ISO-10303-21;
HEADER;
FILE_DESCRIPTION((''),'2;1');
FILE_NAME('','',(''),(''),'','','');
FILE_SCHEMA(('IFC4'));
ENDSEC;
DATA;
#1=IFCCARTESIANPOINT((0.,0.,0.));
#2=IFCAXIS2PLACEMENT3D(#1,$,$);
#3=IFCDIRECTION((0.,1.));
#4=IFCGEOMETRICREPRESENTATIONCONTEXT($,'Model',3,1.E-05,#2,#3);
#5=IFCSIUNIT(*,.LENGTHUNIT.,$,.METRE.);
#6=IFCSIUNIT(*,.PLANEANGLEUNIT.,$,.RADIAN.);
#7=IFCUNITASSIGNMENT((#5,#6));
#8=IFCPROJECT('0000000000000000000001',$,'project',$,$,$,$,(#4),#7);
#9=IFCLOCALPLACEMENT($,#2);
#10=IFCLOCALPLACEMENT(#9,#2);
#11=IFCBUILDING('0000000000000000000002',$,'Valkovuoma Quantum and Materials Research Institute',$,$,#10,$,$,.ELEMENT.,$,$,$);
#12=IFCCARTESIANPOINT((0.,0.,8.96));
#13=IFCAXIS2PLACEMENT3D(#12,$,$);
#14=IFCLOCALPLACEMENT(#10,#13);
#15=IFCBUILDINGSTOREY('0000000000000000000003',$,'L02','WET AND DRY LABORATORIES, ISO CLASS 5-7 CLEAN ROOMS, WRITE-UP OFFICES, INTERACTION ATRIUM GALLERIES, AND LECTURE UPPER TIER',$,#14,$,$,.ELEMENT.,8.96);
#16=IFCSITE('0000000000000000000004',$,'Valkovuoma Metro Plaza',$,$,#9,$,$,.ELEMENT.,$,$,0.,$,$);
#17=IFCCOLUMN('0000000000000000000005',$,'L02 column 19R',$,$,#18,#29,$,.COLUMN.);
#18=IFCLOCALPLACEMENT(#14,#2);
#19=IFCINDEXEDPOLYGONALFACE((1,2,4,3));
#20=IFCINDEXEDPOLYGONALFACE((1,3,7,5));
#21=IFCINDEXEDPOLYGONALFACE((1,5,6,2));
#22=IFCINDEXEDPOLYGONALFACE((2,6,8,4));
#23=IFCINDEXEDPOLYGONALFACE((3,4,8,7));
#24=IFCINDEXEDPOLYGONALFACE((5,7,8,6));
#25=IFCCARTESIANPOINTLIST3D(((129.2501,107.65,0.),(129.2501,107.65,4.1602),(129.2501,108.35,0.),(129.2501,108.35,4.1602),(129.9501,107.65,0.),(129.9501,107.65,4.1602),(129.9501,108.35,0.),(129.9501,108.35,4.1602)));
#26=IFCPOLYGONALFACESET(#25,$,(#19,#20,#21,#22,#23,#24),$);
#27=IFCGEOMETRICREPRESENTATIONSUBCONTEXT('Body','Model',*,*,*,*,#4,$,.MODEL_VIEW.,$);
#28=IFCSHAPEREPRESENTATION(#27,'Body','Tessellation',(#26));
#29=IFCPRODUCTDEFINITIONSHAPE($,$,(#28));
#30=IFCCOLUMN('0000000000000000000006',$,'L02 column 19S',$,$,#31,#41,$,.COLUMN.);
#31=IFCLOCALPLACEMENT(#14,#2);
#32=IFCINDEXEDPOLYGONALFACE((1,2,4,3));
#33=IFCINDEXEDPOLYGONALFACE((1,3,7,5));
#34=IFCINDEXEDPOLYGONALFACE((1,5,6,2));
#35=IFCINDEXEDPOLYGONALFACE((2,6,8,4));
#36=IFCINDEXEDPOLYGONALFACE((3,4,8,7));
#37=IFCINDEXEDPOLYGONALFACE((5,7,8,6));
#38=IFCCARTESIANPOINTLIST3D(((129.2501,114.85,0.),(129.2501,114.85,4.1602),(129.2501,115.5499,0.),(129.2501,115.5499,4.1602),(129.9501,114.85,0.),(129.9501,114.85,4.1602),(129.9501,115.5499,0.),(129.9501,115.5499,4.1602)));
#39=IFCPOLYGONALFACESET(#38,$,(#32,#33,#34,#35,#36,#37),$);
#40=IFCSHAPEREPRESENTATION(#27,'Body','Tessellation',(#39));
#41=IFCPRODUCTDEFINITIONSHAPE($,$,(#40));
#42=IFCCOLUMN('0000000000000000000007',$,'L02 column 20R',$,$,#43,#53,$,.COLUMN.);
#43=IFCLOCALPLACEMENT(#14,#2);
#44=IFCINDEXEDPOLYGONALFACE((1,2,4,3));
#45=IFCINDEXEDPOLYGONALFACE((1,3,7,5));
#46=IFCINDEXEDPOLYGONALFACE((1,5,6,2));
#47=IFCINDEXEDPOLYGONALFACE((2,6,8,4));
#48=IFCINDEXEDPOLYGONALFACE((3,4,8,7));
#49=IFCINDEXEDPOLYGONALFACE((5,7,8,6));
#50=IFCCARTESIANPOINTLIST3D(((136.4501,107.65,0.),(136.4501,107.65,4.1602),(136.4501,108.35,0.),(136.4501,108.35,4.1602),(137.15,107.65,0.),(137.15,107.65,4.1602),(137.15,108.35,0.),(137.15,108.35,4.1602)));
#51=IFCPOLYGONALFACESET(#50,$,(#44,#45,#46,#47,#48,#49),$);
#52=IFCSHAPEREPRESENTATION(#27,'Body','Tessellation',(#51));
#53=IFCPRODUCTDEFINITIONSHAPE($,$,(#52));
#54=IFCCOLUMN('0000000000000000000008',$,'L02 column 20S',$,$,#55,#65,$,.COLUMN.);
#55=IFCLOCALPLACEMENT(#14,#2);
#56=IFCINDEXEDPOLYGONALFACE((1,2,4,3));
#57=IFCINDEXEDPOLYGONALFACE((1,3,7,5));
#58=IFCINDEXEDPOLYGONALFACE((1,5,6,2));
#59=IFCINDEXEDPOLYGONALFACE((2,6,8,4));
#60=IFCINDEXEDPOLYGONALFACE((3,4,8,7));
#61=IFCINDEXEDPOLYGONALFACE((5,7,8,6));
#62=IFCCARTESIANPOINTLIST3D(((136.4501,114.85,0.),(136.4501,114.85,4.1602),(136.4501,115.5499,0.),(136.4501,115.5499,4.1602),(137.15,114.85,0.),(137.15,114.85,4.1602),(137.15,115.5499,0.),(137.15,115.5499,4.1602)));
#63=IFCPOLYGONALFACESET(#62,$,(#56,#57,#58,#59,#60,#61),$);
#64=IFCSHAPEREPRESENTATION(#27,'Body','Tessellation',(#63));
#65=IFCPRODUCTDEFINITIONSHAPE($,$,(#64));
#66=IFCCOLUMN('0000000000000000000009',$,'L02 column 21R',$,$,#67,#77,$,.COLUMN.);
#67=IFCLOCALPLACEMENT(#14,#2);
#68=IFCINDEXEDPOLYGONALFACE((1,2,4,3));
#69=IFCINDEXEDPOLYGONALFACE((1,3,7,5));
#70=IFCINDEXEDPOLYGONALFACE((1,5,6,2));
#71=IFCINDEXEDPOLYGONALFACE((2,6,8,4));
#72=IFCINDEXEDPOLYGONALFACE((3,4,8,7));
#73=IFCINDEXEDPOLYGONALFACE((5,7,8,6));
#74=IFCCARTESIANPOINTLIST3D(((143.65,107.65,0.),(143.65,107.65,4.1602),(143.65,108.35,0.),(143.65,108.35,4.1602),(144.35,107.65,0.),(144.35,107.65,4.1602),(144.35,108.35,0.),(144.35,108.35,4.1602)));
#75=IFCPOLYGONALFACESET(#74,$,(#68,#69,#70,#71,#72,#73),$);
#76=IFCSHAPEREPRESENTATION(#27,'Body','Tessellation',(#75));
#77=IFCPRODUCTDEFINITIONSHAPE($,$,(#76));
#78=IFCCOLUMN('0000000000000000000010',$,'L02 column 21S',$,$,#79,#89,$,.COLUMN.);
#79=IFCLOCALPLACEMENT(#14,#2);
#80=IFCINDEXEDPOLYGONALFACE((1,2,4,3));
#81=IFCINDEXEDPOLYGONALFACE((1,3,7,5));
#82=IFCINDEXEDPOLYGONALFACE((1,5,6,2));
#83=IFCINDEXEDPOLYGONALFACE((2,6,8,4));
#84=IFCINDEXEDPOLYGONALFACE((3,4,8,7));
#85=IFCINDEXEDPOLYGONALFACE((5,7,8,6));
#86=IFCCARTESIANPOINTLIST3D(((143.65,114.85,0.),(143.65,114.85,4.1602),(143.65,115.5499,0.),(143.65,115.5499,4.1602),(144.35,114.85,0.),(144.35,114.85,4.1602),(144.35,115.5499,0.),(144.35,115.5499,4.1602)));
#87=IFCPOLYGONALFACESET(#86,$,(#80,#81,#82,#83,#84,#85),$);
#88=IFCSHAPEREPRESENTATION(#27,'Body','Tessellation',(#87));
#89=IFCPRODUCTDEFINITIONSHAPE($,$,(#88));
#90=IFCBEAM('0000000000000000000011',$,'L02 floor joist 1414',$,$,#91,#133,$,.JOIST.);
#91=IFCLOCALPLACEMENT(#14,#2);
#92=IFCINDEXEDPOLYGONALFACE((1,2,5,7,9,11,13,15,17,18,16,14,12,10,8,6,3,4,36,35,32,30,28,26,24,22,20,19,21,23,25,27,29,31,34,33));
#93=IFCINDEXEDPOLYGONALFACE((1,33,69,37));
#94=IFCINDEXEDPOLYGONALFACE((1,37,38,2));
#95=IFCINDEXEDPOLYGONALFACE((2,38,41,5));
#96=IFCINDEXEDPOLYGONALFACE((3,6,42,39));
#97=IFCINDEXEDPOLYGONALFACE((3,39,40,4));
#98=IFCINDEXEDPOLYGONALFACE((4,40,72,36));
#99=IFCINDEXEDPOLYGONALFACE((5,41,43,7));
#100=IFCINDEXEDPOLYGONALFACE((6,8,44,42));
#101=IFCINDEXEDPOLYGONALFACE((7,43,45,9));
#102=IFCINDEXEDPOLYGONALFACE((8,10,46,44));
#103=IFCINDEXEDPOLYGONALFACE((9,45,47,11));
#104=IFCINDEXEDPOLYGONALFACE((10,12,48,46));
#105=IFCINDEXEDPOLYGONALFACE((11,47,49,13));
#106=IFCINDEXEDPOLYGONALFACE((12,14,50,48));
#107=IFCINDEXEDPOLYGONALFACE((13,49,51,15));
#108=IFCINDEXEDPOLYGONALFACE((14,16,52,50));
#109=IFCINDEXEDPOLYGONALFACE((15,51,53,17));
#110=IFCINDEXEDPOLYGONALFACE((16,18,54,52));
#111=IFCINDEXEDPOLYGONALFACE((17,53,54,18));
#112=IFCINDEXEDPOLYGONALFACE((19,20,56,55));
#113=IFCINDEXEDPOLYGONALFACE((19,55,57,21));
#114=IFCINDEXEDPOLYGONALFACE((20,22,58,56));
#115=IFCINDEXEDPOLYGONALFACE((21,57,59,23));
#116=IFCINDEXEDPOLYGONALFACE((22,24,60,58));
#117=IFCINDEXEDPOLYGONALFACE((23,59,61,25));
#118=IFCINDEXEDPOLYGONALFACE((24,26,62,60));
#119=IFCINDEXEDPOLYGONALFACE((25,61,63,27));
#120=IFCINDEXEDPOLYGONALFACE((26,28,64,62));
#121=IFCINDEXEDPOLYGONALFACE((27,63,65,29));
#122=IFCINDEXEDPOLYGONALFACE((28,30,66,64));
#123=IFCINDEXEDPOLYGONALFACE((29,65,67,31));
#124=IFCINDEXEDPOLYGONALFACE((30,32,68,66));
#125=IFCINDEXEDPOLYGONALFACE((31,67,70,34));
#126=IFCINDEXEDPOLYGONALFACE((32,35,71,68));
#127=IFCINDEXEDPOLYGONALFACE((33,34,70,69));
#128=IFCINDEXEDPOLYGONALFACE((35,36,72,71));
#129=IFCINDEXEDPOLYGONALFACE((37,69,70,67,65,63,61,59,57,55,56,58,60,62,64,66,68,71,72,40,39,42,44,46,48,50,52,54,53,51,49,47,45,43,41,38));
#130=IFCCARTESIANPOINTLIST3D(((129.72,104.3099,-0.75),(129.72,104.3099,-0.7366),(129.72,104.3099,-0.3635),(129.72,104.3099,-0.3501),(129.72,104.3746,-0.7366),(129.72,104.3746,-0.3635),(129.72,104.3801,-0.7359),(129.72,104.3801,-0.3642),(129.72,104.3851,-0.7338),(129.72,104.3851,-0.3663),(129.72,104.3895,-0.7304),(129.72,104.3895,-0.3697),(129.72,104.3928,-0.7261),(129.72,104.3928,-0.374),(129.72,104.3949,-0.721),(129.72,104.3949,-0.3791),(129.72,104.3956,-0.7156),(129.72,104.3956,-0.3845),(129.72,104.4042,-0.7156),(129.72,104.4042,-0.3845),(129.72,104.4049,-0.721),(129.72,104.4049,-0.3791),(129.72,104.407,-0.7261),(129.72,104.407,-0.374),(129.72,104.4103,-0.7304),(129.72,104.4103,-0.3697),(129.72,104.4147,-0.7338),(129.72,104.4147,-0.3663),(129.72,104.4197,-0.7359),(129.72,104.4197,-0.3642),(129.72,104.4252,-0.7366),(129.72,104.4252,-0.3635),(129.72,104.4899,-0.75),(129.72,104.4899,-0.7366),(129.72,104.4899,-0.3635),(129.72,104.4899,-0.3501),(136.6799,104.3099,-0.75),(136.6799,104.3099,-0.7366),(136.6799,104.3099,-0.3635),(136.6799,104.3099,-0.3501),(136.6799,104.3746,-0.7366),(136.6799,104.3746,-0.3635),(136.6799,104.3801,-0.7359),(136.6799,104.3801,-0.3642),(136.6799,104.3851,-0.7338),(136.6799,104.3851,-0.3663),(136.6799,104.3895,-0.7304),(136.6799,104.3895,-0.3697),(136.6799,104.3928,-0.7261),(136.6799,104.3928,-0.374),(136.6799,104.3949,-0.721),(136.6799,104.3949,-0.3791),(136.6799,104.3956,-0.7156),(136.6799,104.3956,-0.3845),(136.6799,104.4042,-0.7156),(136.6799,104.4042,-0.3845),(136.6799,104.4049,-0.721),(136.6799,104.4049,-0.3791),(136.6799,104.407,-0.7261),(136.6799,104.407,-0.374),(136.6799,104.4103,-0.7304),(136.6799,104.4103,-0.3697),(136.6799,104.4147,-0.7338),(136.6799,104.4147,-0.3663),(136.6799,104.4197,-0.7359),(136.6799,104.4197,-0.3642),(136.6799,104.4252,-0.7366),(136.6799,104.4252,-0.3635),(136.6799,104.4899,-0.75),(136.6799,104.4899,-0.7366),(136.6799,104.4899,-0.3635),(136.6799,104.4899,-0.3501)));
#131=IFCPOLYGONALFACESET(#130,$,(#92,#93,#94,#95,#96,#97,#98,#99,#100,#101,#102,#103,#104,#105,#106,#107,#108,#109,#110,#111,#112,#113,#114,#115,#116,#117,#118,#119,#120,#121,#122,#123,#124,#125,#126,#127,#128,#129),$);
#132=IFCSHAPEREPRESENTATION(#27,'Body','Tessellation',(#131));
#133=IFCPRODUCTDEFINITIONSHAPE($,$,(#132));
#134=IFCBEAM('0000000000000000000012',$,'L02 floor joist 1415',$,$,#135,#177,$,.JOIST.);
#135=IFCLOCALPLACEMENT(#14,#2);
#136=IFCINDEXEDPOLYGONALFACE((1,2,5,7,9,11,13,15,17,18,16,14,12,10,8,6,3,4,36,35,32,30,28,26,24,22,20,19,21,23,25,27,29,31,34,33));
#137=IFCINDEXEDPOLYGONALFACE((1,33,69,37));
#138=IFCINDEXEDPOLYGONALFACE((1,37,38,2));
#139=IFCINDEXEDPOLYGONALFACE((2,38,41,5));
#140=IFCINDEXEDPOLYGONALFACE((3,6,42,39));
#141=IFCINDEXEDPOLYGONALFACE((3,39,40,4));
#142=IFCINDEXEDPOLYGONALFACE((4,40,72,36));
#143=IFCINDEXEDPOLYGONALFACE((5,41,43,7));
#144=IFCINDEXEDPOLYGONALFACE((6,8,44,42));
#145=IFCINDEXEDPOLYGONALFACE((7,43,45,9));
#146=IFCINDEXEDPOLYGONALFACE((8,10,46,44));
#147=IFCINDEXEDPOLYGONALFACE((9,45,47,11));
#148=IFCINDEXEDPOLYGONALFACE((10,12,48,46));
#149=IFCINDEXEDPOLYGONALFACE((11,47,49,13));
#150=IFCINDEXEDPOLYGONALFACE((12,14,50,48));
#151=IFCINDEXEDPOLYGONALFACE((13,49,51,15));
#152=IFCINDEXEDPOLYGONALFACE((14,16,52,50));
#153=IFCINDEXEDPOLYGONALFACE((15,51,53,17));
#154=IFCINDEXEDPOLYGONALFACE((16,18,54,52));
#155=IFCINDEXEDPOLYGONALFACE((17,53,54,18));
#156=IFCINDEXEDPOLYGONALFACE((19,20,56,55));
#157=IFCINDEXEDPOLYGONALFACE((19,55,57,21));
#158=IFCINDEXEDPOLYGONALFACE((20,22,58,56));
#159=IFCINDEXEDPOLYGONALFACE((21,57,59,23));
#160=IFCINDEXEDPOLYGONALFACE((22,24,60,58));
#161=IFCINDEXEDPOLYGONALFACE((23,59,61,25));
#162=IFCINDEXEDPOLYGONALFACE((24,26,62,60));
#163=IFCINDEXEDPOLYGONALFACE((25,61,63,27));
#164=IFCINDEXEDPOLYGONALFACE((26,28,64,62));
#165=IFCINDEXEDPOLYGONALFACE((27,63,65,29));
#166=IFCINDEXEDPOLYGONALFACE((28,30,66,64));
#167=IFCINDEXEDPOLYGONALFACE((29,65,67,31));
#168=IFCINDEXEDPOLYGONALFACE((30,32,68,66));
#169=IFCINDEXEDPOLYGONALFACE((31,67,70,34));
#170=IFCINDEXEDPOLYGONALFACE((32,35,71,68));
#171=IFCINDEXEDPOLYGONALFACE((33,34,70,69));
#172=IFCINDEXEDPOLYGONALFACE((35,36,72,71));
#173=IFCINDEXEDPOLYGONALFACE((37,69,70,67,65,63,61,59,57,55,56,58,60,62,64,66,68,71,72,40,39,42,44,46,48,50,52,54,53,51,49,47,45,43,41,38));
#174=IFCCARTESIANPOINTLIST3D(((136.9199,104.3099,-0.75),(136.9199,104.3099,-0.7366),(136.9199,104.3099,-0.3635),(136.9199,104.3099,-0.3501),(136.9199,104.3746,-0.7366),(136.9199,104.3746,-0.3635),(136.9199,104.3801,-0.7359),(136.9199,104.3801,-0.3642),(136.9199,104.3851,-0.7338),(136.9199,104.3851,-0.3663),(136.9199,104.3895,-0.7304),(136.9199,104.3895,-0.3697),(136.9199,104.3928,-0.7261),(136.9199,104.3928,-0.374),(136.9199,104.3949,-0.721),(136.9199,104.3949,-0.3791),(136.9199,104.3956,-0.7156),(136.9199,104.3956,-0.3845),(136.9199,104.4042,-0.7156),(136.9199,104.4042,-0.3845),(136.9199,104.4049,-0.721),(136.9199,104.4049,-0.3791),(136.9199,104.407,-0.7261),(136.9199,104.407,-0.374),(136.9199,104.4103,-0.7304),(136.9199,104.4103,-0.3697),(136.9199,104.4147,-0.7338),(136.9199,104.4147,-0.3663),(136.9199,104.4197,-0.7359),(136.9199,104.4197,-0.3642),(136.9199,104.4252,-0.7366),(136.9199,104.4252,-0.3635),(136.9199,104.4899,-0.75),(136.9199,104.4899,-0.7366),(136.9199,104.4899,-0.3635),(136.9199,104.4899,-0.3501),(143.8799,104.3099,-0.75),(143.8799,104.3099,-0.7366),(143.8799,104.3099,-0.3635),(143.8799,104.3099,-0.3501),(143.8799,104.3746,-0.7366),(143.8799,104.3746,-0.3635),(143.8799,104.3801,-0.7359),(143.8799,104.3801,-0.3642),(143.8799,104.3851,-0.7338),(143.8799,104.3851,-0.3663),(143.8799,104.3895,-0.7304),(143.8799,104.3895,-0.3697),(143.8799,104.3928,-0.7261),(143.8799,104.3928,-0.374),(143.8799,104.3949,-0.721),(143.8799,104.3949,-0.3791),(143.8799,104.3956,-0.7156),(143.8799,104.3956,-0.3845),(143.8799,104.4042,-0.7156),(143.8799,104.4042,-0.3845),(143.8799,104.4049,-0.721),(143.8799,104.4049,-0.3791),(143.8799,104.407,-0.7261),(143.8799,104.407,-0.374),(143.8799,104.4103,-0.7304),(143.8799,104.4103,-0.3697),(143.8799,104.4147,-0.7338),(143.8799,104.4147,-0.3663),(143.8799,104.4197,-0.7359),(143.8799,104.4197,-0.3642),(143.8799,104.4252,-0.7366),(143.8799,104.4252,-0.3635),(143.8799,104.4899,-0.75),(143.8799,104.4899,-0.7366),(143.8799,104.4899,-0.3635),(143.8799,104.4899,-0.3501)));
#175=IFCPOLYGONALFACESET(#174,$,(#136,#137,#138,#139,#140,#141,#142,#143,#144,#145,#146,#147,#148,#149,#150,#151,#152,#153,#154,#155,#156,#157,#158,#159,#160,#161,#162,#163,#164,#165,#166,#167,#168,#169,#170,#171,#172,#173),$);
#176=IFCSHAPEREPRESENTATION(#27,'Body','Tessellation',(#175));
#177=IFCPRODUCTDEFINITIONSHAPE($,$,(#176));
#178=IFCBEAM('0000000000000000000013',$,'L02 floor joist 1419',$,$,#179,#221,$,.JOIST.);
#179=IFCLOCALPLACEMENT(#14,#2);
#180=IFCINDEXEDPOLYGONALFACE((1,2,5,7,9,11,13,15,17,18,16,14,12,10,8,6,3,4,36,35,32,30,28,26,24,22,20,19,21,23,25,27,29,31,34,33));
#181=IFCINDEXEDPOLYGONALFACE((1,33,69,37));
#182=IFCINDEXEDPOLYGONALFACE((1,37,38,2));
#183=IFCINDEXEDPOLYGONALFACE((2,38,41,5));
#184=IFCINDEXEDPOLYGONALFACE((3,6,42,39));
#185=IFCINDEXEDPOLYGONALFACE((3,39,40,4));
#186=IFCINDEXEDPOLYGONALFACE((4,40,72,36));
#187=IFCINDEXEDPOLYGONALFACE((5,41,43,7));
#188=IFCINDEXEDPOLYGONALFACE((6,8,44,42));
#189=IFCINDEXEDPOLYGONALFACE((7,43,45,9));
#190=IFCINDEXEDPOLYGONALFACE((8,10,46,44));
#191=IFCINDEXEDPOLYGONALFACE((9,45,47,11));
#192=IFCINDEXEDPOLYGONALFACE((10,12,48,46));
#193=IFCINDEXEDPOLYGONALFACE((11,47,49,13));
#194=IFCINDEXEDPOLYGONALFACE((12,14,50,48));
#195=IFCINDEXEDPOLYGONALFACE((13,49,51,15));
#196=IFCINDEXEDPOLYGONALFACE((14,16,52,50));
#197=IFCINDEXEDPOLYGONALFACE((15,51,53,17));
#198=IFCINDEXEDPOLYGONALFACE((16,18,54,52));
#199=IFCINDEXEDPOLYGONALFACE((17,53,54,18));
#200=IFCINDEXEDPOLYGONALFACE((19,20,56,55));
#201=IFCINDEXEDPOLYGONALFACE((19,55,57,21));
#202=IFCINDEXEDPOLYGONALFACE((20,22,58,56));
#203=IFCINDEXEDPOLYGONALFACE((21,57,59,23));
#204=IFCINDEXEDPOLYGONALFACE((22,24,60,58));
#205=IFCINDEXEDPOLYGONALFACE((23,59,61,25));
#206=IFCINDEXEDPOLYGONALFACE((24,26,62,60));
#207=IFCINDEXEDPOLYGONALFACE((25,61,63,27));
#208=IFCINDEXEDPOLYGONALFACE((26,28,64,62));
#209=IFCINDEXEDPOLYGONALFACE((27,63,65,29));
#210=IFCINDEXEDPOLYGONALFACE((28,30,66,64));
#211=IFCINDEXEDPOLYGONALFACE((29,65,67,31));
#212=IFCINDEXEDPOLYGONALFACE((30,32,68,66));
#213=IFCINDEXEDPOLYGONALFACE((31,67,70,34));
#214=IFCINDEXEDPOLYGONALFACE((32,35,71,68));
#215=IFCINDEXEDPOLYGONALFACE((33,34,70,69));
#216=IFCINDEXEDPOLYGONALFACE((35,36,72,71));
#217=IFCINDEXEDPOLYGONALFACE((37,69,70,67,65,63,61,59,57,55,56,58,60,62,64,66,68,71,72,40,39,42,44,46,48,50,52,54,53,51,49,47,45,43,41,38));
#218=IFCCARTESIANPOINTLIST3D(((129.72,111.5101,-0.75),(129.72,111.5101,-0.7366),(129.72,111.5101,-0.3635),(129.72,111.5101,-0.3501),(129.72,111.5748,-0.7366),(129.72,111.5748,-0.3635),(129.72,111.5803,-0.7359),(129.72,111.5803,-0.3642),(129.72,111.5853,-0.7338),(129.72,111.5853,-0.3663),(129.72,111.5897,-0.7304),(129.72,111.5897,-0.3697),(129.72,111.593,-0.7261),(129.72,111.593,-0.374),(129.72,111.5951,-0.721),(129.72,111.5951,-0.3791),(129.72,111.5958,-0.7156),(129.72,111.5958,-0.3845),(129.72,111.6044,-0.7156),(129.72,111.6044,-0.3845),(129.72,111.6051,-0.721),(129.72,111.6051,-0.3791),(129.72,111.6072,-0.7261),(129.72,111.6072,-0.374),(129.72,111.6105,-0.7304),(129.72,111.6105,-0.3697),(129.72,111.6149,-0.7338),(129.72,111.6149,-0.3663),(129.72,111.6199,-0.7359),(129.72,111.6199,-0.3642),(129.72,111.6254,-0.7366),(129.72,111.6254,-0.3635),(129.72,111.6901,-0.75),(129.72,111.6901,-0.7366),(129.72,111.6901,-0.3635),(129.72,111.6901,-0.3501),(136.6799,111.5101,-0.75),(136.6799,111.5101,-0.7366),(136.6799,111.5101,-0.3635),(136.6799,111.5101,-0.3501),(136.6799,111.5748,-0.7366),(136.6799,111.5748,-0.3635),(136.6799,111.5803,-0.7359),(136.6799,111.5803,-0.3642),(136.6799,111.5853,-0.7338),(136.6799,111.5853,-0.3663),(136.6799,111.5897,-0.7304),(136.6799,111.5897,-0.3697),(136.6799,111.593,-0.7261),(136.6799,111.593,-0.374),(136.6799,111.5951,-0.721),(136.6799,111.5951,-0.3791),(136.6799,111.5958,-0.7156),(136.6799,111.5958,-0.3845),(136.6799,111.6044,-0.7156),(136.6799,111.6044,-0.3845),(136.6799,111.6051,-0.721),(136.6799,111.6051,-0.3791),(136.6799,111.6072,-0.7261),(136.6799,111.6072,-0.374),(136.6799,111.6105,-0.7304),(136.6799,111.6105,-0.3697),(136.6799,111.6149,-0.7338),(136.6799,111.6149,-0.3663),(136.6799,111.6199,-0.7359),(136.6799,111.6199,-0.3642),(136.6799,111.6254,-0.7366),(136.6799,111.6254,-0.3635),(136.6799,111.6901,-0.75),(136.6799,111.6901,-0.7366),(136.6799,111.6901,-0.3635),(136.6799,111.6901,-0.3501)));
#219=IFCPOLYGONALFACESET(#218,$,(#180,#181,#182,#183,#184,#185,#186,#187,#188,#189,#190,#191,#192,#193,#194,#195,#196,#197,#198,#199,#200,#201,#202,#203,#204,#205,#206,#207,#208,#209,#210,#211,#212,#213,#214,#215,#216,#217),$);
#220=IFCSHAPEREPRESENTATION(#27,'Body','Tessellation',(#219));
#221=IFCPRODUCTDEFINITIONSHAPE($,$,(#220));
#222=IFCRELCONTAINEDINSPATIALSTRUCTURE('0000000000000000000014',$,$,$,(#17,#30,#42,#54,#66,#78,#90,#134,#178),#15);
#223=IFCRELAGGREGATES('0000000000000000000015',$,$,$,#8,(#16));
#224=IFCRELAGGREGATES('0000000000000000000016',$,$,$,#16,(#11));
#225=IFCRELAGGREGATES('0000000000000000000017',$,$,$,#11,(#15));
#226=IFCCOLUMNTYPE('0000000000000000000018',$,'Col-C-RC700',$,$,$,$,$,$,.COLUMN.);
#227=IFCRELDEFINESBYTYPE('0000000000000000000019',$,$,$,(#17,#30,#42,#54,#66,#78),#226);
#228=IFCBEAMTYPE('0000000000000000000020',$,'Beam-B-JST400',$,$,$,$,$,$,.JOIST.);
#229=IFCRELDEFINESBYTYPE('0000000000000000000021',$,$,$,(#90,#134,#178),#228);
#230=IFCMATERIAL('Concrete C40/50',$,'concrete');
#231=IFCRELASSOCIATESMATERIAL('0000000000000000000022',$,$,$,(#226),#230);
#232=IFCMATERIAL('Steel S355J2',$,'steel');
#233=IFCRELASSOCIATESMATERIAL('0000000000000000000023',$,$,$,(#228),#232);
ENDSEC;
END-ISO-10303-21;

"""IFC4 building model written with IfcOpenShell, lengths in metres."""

from ifc_helpers import new_model, si_unit, direction, frame, origin, origin_2d, place, context, subcontext, project, spatial, rectangle, i_section, extrude, material, material_profile, profile_set, type_object, element, save


model = new_model("IFC4")

# Units and contexts
model_context = context("Model", 3, precision=1e-05, world=origin(), true_north=direction((0.0, 1.0)))
body_context = subcontext(model_context, "Body", "Model", "MODEL_VIEW")
ifc_project = project(units=[si_unit("LENGTHUNIT", "METRE"), si_unit("PLANEANGLEUNIT", "RADIAN")], contexts=[model_context])

# Site, building, storey
site_placement = place(None, origin())
site = spatial("IfcSite", under=ifc_project, at=site_placement, Name="Valkovuoma Metro Plaza", CompositionType="ELEMENT", RefElevation=0.0)
building_placement = place(site_placement, origin())
building = spatial("IfcBuilding", under=site, at=building_placement, Name="Valkovuoma Quantum and Materials Research Institute", CompositionType="ELEMENT")
storey_placement = place(building_placement, frame((0.0, 0.0, 8.96)))
storey = spatial("IfcBuildingStorey", under=building, at=storey_placement, Name="L02", Description="WET AND DRY LABORATORIES, ISO CLASS 5-7 CLEAN ROOMS, WRITE-UP OFFICES, INTERACTION ATRIUM GALLERIES, AND LECTURE UPPER TIER", CompositionType="ELEMENT", Elevation=8.96)

# Columns
ifc_material_1 = material(Name="Concrete C40/50", Category="concrete")
ifc_material_profile_1 = material_profile(ifc_material_1, rectangle(XDim=0.7, YDim=0.7, at=origin_2d()), Name="Concrete C40/50")
ifc_profile_set_1 = profile_set([ifc_material_profile_1], Name="Concrete C40/50")
column_type = type_object("IfcColumnType", Name="Col-C-RC700", PredefinedType="COLUMN", material=ifc_profile_set_1)
for number, where, z_axis, x_axis, name in (
    (1, (129.6001, 108.0, 0.0), (0.0, 0.0, 1.0), (1.0, 0.0, 0.0), "L02 column 19R"),
    (2, (129.6001, 115.2, 0.0), (0.0, 0.0, 1.0), (1.0, 0.0, 0.0), "L02 column 19S"),
    (3, (136.8, 108.0, 0.0), (0.0, 0.0, 1.0), (1.0, 0.0, 0.0), "L02 column 20R"),
    (4, (136.8, 115.2, 0.0), (0.0, 0.0, 1.0), (1.0, 0.0, 0.0), "L02 column 20S"),
    (5, (144.0, 108.0, 0.0), (0.0, 0.0, 1.0), (1.0, 0.0, 0.0), "L02 column 21R"),
    (6, (144.0, 115.2, 0.0), (0.0, 0.0, 1.0), (1.0, 0.0, 0.0), "L02 column 21S"),
):
    element("IfcColumn", number, at=place(storey_placement, frame(where, z_axis=z_axis, x_axis=x_axis)), inside=storey, type_object=column_type, Name=name, PredefinedType="COLUMN", context=body_context, shape_type="SweptSolid", body=[
        extrude(rectangle(XDim=0.7, YDim=0.7, at=origin_2d()), origin(), (0.0, 0.0, 1.0), 4.1602),
    ])

# Beams
ifc_material_2 = material(Name="Steel S355J2", Category="steel")
ifc_material_profile_2 = material_profile(ifc_material_2, i_section(OverallWidth=0.1799, OverallDepth=0.3999, WebThickness=0.0085, FlangeThickness=0.0134, FilletRadius=0.021, at=origin_2d()), Name="Steel S355J2")
ifc_profile_set_2 = profile_set([ifc_material_profile_2], Name="Steel S355J2")
beam_type_1 = type_object("IfcBeamType", Name="Beam-B-JST400", PredefinedType="JOIST", material=ifc_profile_set_2)
for number, where, z_axis, x_axis, name in (
    (7, (129.72, 104.3999, -0.55), (1.0, 0.0, 0.0), (0.0, 1.0, 0.0), "L02 floor joist 1414"),
    (8, (136.9199, 104.3999, -0.55), (1.0, 0.0, 0.0), (0.0, 1.0, 0.0), "L02 floor joist 1415"),
    (9, (129.72, 111.6001, -0.55), (1.0, 0.0, 0.0), (0.0, 1.0, 0.0), "L02 floor joist 1419"),
):
    element("IfcBeam", number, at=place(storey_placement, frame(where, z_axis=z_axis, x_axis=x_axis)), inside=storey, type_object=beam_type_1, Name=name, PredefinedType="JOIST", context=body_context, shape_type="SweptSolid", body=[
        extrude(i_section(OverallWidth=0.1799, OverallDepth=0.3999, WebThickness=0.0085, FlangeThickness=0.0134, FilletRadius=0.021, at=origin_2d()), origin(), (0.0, 0.0, 1.0), 6.96),
    ])

save(model, "model.ifc")
